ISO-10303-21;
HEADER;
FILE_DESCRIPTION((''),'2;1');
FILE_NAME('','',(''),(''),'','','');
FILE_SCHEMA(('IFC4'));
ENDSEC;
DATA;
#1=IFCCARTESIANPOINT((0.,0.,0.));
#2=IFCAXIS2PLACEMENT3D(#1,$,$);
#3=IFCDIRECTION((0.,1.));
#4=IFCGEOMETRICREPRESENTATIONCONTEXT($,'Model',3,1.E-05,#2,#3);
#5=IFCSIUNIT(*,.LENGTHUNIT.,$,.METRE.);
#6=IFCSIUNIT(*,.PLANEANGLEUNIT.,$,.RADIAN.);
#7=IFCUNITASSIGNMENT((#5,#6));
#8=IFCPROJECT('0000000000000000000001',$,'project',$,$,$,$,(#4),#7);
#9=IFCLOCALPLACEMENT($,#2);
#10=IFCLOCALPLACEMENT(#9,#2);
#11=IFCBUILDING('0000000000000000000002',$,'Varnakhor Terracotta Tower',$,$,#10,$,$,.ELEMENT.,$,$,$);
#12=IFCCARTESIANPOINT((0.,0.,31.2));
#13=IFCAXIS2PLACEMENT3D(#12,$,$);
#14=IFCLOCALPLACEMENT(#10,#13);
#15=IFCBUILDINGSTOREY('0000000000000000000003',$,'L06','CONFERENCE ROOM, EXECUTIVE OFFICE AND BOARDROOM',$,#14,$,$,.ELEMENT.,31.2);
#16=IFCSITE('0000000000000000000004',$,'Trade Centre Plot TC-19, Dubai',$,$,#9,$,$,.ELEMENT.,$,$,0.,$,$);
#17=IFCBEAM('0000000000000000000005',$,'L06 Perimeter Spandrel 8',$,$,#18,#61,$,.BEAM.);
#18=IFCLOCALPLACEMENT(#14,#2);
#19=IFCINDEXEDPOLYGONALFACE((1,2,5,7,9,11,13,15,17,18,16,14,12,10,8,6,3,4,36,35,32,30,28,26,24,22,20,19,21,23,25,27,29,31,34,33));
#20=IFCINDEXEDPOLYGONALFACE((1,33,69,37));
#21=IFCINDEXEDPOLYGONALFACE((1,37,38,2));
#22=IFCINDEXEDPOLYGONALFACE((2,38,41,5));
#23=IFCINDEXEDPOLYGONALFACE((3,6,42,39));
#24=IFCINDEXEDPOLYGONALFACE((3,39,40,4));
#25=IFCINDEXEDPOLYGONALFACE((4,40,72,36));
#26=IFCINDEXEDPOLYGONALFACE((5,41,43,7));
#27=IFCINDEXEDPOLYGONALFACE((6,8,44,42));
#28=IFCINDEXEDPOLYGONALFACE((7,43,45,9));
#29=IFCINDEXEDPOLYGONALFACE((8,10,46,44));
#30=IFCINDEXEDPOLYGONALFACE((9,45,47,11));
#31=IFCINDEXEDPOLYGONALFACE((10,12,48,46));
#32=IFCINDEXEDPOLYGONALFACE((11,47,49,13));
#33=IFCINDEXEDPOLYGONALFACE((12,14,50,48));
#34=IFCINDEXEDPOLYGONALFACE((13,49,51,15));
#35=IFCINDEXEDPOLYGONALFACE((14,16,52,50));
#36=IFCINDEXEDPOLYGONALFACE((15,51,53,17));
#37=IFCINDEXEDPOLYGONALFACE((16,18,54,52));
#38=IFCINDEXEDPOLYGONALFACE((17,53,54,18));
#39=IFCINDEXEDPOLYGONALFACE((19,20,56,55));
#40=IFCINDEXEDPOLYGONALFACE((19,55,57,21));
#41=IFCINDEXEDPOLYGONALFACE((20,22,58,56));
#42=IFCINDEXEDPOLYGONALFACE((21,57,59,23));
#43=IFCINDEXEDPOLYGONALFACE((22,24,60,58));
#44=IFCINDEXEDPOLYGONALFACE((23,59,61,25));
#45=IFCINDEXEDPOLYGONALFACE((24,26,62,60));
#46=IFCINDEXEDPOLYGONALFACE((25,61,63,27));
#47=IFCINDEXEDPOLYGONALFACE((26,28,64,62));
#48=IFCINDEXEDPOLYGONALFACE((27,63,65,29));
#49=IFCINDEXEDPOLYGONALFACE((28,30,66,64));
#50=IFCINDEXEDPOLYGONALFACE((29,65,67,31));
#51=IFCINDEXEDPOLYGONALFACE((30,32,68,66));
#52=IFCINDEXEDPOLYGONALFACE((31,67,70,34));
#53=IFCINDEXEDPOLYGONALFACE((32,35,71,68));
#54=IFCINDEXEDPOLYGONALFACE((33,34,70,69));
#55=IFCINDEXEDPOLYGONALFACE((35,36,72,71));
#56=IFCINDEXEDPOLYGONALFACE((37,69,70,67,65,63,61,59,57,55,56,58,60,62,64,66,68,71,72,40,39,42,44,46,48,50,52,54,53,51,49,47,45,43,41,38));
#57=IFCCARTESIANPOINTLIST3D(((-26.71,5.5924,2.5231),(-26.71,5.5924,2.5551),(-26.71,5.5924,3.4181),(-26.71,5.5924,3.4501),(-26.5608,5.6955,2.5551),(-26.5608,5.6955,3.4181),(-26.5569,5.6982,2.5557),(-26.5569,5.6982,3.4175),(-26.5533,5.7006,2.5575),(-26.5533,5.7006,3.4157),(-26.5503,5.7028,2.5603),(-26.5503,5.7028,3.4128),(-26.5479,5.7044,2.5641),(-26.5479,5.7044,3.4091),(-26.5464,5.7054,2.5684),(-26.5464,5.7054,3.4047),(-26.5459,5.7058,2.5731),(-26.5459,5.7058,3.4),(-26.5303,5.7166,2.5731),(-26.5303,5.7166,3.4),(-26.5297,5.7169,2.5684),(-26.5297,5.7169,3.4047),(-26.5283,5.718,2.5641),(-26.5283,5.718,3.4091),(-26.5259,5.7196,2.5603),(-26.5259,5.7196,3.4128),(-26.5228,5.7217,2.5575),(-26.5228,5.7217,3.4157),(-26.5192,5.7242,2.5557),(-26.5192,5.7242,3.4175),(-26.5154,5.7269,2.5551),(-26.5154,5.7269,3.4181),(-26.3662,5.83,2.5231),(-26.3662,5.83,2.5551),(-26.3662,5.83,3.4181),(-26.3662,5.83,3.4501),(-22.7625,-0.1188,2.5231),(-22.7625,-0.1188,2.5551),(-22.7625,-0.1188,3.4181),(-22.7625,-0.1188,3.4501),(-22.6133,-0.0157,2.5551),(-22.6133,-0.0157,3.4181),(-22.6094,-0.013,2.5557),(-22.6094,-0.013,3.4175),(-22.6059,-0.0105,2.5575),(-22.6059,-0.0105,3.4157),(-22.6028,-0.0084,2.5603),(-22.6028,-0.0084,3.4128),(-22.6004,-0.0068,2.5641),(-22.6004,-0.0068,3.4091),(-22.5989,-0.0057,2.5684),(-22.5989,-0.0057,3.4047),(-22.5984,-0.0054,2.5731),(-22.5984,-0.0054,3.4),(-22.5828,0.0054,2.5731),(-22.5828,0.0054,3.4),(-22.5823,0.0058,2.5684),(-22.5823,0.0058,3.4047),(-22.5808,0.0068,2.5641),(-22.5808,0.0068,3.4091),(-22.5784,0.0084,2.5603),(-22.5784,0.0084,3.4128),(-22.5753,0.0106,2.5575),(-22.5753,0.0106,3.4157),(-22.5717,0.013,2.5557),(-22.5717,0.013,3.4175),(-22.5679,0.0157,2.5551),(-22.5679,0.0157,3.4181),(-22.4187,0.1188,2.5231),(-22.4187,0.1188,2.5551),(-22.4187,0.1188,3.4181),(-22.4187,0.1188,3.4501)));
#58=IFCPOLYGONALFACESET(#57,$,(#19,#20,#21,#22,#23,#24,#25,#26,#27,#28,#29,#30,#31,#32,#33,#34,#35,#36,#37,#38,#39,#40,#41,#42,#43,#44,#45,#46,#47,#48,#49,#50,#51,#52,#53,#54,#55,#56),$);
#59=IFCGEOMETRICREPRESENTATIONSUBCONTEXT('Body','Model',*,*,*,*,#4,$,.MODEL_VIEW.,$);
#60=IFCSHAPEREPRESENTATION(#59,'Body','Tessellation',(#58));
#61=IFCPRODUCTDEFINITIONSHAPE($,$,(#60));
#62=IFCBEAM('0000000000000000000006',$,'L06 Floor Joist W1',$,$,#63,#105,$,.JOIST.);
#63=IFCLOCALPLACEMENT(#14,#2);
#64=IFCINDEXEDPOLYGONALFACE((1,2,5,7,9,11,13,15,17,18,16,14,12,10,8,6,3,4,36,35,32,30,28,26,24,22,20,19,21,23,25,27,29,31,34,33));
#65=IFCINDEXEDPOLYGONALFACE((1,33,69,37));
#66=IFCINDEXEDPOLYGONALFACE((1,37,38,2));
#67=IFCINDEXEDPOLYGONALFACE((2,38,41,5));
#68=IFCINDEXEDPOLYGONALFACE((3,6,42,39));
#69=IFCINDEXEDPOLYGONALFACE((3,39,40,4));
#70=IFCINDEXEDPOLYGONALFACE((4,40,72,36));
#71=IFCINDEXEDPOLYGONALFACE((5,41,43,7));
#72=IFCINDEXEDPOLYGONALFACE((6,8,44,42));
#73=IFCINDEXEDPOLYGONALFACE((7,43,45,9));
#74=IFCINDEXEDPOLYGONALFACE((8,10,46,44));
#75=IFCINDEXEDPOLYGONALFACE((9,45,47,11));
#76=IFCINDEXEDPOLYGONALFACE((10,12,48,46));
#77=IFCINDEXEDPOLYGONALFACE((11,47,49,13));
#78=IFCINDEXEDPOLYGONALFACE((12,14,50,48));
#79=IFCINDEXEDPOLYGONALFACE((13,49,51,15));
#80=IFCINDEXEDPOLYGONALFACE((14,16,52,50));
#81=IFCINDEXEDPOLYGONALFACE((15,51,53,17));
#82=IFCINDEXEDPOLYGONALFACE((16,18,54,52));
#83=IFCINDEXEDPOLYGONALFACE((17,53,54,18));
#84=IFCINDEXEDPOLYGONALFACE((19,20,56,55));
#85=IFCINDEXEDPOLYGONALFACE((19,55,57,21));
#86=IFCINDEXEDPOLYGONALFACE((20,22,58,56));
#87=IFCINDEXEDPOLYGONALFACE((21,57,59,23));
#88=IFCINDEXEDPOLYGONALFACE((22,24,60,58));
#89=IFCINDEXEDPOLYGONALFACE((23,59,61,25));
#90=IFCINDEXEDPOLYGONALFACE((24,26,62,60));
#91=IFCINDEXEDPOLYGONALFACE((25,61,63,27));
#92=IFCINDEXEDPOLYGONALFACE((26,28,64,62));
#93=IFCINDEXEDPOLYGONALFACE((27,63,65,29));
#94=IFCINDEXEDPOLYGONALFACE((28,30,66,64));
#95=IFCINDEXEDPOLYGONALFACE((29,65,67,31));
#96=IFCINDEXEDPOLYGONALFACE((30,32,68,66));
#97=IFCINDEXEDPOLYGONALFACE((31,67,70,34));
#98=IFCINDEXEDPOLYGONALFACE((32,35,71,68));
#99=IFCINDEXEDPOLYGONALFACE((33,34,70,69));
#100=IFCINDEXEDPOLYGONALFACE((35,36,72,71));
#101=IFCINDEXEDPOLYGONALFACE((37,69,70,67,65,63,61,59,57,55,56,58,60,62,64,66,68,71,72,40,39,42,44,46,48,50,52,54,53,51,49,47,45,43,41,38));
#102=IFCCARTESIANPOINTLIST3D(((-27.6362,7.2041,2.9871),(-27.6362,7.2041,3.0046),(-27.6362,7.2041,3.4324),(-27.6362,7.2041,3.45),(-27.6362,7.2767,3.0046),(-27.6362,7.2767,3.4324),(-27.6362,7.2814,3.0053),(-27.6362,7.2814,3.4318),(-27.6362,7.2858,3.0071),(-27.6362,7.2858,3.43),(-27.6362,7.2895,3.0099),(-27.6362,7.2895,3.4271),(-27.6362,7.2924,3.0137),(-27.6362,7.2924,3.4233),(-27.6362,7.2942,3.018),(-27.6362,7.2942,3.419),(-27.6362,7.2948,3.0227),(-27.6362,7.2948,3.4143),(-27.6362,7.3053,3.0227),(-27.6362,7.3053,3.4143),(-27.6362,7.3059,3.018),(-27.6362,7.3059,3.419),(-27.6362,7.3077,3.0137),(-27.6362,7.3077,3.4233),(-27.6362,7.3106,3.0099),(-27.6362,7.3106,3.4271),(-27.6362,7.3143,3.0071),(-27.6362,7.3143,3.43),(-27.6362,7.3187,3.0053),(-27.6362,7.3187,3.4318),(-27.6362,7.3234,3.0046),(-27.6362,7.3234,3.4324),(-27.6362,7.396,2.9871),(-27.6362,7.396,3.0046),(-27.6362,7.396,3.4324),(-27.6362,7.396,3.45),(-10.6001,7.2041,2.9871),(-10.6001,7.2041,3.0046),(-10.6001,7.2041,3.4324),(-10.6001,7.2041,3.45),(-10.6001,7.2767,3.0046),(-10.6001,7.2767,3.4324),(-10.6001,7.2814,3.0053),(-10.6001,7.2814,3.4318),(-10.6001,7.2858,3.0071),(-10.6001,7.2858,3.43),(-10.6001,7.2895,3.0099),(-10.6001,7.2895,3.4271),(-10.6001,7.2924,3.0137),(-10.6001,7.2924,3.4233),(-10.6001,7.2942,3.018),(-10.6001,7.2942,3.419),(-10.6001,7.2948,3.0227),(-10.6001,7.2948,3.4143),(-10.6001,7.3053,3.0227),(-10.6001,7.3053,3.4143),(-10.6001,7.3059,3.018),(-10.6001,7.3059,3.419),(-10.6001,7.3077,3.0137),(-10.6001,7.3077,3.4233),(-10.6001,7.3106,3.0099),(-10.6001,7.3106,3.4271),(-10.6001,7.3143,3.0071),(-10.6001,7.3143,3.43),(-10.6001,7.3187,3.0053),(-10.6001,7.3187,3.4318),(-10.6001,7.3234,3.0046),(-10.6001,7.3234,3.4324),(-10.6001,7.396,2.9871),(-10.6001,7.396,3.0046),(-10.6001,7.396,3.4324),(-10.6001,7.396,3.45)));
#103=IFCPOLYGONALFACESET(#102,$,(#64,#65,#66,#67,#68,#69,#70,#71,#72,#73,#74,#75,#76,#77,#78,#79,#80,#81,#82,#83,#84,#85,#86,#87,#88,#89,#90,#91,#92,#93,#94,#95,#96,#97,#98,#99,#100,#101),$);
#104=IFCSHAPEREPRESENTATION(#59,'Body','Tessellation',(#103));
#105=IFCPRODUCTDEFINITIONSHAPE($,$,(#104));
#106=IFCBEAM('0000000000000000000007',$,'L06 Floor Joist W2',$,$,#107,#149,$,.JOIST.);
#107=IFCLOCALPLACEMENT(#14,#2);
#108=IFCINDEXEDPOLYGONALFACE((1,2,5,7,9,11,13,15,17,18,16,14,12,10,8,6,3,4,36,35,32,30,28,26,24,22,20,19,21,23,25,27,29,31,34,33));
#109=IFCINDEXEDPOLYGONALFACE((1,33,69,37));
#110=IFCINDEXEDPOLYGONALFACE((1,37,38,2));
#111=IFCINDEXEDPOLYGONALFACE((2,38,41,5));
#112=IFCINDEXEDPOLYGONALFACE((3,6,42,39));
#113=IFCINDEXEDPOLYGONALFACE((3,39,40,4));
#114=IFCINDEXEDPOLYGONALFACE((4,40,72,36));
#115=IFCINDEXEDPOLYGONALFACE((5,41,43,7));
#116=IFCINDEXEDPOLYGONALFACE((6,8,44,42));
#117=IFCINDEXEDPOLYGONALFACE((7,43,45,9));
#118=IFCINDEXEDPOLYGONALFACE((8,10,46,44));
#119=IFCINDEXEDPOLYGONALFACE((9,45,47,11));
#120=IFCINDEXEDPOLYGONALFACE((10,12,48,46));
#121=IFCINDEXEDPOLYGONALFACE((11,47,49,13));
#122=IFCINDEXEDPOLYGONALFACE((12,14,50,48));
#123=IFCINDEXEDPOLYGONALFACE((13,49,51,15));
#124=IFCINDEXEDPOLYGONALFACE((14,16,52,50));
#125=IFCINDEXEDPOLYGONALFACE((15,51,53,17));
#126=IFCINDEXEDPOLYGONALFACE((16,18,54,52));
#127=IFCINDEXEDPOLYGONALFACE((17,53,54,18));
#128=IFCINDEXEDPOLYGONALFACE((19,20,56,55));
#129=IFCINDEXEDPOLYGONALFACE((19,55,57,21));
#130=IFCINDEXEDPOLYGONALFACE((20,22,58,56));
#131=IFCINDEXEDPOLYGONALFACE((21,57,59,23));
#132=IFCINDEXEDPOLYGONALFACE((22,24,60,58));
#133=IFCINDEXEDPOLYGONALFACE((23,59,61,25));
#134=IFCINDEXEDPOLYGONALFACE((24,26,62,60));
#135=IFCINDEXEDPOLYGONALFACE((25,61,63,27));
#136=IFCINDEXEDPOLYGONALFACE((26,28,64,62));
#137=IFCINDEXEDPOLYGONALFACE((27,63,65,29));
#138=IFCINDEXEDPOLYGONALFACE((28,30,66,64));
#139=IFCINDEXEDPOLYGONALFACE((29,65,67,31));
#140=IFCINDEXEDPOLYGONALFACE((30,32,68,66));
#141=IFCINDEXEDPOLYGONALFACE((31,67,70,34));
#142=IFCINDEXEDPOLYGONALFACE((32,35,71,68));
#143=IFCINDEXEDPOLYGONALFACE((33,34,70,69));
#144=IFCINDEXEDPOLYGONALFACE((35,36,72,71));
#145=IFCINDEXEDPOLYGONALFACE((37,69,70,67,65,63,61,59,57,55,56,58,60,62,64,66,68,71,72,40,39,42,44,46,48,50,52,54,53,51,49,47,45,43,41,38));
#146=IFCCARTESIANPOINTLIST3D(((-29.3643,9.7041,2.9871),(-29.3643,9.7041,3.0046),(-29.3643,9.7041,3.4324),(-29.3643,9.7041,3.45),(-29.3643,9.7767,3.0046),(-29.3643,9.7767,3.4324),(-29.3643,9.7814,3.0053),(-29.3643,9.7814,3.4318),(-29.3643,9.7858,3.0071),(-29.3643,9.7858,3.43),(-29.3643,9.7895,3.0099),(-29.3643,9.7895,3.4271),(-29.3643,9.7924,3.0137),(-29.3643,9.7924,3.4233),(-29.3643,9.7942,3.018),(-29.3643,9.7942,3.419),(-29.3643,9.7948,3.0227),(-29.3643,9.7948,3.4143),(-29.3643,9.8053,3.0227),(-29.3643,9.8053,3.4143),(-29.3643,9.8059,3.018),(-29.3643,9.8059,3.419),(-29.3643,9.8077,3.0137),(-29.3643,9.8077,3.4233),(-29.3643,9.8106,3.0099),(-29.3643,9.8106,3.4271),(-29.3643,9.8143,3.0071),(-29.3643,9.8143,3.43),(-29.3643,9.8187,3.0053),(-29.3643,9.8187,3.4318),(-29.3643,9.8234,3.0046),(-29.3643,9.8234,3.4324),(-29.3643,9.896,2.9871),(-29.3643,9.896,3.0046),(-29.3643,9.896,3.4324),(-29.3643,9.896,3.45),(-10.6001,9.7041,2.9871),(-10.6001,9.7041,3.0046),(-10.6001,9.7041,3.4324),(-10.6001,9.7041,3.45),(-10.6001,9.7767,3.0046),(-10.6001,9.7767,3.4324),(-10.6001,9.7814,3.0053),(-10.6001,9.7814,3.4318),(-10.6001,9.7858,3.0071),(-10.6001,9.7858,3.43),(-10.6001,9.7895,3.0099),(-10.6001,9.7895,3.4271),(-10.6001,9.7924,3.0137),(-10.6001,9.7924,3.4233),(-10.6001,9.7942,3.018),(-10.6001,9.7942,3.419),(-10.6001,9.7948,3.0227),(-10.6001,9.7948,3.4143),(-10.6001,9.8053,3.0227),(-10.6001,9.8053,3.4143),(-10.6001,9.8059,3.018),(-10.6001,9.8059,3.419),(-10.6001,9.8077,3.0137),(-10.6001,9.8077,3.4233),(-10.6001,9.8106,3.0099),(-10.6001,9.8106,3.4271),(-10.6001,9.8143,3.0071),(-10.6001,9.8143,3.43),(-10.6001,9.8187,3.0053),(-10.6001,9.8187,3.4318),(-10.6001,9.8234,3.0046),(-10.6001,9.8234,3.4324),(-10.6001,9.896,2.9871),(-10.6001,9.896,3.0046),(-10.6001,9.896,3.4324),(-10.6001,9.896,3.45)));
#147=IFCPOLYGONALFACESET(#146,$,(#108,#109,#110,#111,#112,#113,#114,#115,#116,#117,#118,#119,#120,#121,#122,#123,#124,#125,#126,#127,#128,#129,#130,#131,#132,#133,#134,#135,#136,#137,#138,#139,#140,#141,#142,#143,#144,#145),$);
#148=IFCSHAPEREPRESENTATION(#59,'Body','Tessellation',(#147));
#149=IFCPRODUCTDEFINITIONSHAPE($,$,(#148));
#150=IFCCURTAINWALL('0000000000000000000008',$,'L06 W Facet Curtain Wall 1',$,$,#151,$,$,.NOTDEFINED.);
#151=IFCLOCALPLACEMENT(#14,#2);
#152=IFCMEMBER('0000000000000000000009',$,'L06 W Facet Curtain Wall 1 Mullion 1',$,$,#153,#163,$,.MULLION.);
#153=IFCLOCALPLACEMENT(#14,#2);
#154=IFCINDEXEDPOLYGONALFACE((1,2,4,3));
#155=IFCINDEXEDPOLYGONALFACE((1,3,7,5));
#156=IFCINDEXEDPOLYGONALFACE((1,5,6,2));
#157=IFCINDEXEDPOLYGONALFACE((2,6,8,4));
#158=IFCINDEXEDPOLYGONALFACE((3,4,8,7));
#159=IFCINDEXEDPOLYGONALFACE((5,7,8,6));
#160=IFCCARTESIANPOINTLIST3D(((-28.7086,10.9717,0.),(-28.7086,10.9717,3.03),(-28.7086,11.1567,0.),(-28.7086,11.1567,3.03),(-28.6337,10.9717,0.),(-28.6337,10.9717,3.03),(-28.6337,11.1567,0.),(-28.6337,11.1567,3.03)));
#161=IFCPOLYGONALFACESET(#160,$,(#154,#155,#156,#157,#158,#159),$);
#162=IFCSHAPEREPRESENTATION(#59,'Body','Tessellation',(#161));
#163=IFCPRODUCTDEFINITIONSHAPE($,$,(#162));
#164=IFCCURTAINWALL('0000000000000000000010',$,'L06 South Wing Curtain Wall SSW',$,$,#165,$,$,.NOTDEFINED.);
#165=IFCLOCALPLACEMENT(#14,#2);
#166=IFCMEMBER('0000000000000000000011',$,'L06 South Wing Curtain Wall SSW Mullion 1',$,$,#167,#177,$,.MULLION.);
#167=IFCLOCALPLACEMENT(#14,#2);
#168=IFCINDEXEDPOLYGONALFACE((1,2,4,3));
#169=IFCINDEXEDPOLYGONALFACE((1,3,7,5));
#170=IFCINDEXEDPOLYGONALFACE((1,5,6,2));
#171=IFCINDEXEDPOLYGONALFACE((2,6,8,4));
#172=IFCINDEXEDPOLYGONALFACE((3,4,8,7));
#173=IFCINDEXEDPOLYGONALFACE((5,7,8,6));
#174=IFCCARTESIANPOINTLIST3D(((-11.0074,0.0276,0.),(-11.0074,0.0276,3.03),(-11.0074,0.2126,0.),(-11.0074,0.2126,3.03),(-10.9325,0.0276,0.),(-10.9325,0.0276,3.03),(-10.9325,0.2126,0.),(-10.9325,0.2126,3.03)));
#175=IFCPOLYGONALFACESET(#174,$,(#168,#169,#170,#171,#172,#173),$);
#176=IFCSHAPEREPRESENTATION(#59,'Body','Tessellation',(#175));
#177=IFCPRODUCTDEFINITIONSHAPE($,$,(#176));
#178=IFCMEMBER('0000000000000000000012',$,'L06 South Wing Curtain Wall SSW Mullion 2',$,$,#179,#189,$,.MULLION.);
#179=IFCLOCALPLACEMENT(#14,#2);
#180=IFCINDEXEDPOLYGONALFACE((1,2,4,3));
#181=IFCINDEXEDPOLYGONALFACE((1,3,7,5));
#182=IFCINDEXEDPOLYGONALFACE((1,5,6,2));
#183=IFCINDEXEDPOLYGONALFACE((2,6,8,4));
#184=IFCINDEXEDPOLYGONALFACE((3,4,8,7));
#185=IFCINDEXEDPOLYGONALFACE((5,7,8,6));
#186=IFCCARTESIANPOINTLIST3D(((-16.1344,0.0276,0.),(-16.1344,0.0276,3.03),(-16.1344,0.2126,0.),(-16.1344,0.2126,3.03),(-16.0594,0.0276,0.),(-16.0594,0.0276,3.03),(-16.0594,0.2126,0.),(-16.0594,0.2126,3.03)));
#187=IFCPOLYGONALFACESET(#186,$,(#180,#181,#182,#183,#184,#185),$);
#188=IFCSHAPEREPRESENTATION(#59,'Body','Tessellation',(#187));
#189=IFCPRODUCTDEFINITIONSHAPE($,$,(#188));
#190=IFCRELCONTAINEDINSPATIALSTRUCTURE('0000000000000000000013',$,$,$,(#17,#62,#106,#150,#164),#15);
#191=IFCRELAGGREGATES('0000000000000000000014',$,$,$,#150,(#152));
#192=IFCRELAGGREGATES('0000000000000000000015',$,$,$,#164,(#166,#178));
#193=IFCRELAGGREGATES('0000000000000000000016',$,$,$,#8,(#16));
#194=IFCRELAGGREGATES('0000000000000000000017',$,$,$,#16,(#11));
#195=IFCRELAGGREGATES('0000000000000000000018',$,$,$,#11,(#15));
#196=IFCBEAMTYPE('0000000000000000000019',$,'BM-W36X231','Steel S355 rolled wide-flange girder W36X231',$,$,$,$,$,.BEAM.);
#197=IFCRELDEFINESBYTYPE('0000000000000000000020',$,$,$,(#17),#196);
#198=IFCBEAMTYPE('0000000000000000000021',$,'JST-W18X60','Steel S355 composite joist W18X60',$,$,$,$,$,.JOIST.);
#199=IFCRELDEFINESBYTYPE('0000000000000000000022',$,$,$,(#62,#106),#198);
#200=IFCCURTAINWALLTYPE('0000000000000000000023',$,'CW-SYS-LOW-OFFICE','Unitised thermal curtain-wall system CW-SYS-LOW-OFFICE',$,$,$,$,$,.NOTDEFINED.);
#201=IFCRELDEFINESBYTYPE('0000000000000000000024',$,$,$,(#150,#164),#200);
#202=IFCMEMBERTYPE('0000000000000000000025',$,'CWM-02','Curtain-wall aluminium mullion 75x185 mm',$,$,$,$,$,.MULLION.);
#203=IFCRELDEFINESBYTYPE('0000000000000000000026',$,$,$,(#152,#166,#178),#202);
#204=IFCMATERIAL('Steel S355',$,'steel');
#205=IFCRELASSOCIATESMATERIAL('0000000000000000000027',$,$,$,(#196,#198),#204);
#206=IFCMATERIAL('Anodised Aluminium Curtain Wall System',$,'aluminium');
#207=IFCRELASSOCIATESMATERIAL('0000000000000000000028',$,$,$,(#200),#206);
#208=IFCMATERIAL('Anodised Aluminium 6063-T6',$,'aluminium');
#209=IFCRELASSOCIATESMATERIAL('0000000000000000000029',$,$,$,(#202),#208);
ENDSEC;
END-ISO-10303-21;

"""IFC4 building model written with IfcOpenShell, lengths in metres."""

from ifc_helpers import new_model, si_unit, direction, frame, origin, origin_2d, place, context, subcontext, project, spatial, rectangle, i_section, extrude, source, transform, mapped, material, material_profile, profile_set, type_object, type_shapes, element, aggregate, save


model = new_model("IFC4")

# Units and contexts
model_context = context("Model", 3, precision=1e-05, world=origin(), true_north=direction((0.0, 1.0)))
body_context = subcontext(model_context, "Body", "Model", "MODEL_VIEW")
ifc_project = project(units=[si_unit("LENGTHUNIT", "METRE"), si_unit("PLANEANGLEUNIT", "RADIAN")], contexts=[model_context])

# Site, building, storey
site_placement = place(None, origin())
site = spatial("IfcSite", under=ifc_project, at=site_placement, Name="Trade Centre Plot TC-19, Dubai", CompositionType="ELEMENT", RefElevation=0.0)
building_placement = place(site_placement, origin())
building = spatial("IfcBuilding", under=site, at=building_placement, Name="Varnakhor Terracotta Tower", CompositionType="ELEMENT")
storey_placement = place(building_placement, frame((0.0, 0.0, 31.2)))
storey = spatial("IfcBuildingStorey", under=building, at=storey_placement, Name="L06", Description="CONFERENCE ROOM, EXECUTIVE OFFICE AND BOARDROOM", CompositionType="ELEMENT", Elevation=31.2)

# Beams
ifc_material_1 = material(Name="Steel S355", Category="steel")
ifc_material_profile_1 = material_profile(ifc_material_1, i_section(OverallWidth=0.418, OverallDepth=0.927, WebThickness=0.019, FlangeThickness=0.032, FilletRadius=0.0181, at=origin_2d()), Name="W36X231")
ifc_profile_set_1 = profile_set([ifc_material_profile_1], Name="Steel S355")
beam_type_1 = type_object("IfcBeamType", Name="BM-W36X231", Description="Steel S355 rolled wide-flange girder W36X231", PredefinedType="BEAM", material=ifc_profile_set_1)
shared_shape_1 = source(origin(), body_context, "Body", "SweptSolid", [
    extrude(i_section(OverallWidth=0.418, OverallDepth=0.927, WebThickness=0.019, FlangeThickness=0.032, FilletRadius=0.0181, at=origin_2d()), origin(), (0.0, 0.0, 1.0), 6.9426),
])
for number, where, z_axis, x_axis, name in (
    (1, (-26.5381, 5.7112, 2.9866), (0.568588, -0.822622, 0.0), (0.822622, 0.568588, 0.0), "L06 Perimeter Spandrel 8"),
):
    element("IfcBeam", number, at=place(storey_placement, frame(where, z_axis=z_axis, x_axis=x_axis)), inside=storey, type_object=beam_type_1, Name=name, PredefinedType="BEAM", context=body_context, shape_type="MappedRepresentation", body=[
        mapped(shared_shape_1, transform((0.0, 0.0, 0.0), scale=1.0)),
    ])
ifc_material_profile_2 = material_profile(ifc_material_1, i_section(OverallWidth=0.1919, OverallDepth=0.4629, WebThickness=0.0105, FlangeThickness=0.0176, FilletRadius=0.0181, at=origin_2d()), Name="W18X60")
ifc_profile_set_2 = profile_set([ifc_material_profile_2], Name="Steel S355")
beam_type_2 = type_object("IfcBeamType", Name="JST-W18X60", Description="Steel S355 composite joist W18X60", PredefinedType="JOIST", material=ifc_profile_set_2)
shared_shape_2 = source(origin(), body_context, "Body", "SweptSolid", [
    extrude(i_section(OverallWidth=0.1919, OverallDepth=0.4629, WebThickness=0.0105, FlangeThickness=0.0176, FilletRadius=0.0181, at=origin_2d()), origin(), (0.0, 0.0, 1.0), 17.0361),
])
beam_1_placement = place(storey_placement, frame((-27.6362, 7.3, 3.2185), z_axis=(1.0, 0.0, 0.0), x_axis=(0.0, 1.0, 0.0)))
element("IfcBeam", 2, at=beam_1_placement, inside=storey, type_object=beam_type_2, Name="L06 Floor Joist W1", PredefinedType="JOIST", context=body_context, shape_type="MappedRepresentation", body=[
    mapped(shared_shape_2, transform((0.0, 0.0, 0.0), scale=1.0)),
])
shared_shape_3 = source(origin(), body_context, "Body", "SweptSolid", [
    extrude(i_section(OverallWidth=0.1919, OverallDepth=0.4629, WebThickness=0.0105, FlangeThickness=0.0176, FilletRadius=0.0181, at=origin_2d()), origin(), (0.0, 0.0, 1.0), 18.7642),
])
beam_2_placement = place(storey_placement, frame((-29.3643, 9.8, 3.2185), z_axis=(1.0, 0.0, 0.0), x_axis=(0.0, 1.0, 0.0)))
element("IfcBeam", 3, at=beam_2_placement, inside=storey, type_object=beam_type_2, Name="L06 Floor Joist W2", PredefinedType="JOIST", context=body_context, shape_type="MappedRepresentation", body=[
    mapped(shared_shape_3, transform((0.0, 0.0, 0.0), scale=1.0)),
])

# Curtain wall, member
ifc_material_2 = material(Name="Anodised Aluminium Curtain Wall System", Category="aluminium")
curtain_wall_type = type_object("IfcCurtainWallType", Name="CW-SYS-LOW-OFFICE", Description="Unitised thermal curtain-wall system CW-SYS-LOW-OFFICE", PredefinedType="NOTDEFINED", material=ifc_material_2)
curtain_wall_1_placement = place(storey_placement, origin())
curtain_wall_1 = element("IfcCurtainWall", 4, at=curtain_wall_1_placement, inside=storey, type_object=curtain_wall_type, Name="L06 W Facet Curtain Wall 1", PredefinedType="NOTDEFINED")
ifc_material_3 = material(Name="Anodised Aluminium 6063-T6", Category="aluminium")
ifc_material_profile_3 = material_profile(ifc_material_3, rectangle(XDim=0.075, YDim=0.1851, at=origin_2d()), Name="ALU MULLION 75x185")
ifc_profile_set_3 = profile_set([ifc_material_profile_3], Name="Anodised Aluminium 6063-T6")
member_type_1 = type_object("IfcMemberType", Name="CWM-02", Description="Curtain-wall aluminium mullion 75x185 mm", PredefinedType="MULLION", material=ifc_profile_set_3)
shared_shape_4 = source(origin(), body_context, "Body", "SweptSolid", [
    extrude(rectangle(XDim=0.075, YDim=0.1851, at=origin_2d()), origin(), (0.0, 0.0, 1.0), 3.03),
])
type_shapes(member_type_1, [shared_shape_4])
member_1_placement = place(storey_placement, frame((-28.6711, 11.0642, 0.0), z_axis=(0.0, 0.0, 1.0), x_axis=(1.0, 0.0, 0.0)))
member_1 = element("IfcMember", 5, at=member_1_placement, type_object=member_type_1, Name="L06 W Facet Curtain Wall 1 Mullion 1", PredefinedType="MULLION", context=body_context, shape_type="MappedRepresentation", body=[
    mapped(shared_shape_4, transform((0.0, 0.0, 0.0), scale=1.0)),
])

# Curtain wall, members
curtain_wall_2_placement = place(storey_placement, origin())
curtain_wall_2 = element("IfcCurtainWall", 6, at=curtain_wall_2_placement, inside=storey, type_object=curtain_wall_type, Name="L06 South Wing Curtain Wall SSW", PredefinedType="NOTDEFINED")
member_2_placement = place(storey_placement, frame((-10.97, 0.1201, 0.0), z_axis=(0.0, 0.0, 1.0), x_axis=(1.0, 0.0, 0.0)))
member_2 = element("IfcMember", 7, at=member_2_placement, type_object=member_type_1, Name="L06 South Wing Curtain Wall SSW Mullion 1", PredefinedType="MULLION", context=body_context, shape_type="MappedRepresentation", body=[
    mapped(shared_shape_4, transform((0.0, 0.0, 0.0), scale=1.0)),
])
member_3_placement = place(storey_placement, frame((-16.0969, 0.1201, 0.0), z_axis=(0.0, 0.0, 1.0), x_axis=(1.0, 0.0, 0.0)))
member_3 = element("IfcMember", 8, at=member_3_placement, type_object=member_type_1, Name="L06 South Wing Curtain Wall SSW Mullion 2", PredefinedType="MULLION", context=body_context, shape_type="MappedRepresentation", body=[
    mapped(shared_shape_4, transform((0.0, 0.0, 0.0), scale=1.0)),
])

aggregate(curtain_wall_1, [member_1])

aggregate(curtain_wall_2, [member_2, member_3])

save(model, "model.ifc")
